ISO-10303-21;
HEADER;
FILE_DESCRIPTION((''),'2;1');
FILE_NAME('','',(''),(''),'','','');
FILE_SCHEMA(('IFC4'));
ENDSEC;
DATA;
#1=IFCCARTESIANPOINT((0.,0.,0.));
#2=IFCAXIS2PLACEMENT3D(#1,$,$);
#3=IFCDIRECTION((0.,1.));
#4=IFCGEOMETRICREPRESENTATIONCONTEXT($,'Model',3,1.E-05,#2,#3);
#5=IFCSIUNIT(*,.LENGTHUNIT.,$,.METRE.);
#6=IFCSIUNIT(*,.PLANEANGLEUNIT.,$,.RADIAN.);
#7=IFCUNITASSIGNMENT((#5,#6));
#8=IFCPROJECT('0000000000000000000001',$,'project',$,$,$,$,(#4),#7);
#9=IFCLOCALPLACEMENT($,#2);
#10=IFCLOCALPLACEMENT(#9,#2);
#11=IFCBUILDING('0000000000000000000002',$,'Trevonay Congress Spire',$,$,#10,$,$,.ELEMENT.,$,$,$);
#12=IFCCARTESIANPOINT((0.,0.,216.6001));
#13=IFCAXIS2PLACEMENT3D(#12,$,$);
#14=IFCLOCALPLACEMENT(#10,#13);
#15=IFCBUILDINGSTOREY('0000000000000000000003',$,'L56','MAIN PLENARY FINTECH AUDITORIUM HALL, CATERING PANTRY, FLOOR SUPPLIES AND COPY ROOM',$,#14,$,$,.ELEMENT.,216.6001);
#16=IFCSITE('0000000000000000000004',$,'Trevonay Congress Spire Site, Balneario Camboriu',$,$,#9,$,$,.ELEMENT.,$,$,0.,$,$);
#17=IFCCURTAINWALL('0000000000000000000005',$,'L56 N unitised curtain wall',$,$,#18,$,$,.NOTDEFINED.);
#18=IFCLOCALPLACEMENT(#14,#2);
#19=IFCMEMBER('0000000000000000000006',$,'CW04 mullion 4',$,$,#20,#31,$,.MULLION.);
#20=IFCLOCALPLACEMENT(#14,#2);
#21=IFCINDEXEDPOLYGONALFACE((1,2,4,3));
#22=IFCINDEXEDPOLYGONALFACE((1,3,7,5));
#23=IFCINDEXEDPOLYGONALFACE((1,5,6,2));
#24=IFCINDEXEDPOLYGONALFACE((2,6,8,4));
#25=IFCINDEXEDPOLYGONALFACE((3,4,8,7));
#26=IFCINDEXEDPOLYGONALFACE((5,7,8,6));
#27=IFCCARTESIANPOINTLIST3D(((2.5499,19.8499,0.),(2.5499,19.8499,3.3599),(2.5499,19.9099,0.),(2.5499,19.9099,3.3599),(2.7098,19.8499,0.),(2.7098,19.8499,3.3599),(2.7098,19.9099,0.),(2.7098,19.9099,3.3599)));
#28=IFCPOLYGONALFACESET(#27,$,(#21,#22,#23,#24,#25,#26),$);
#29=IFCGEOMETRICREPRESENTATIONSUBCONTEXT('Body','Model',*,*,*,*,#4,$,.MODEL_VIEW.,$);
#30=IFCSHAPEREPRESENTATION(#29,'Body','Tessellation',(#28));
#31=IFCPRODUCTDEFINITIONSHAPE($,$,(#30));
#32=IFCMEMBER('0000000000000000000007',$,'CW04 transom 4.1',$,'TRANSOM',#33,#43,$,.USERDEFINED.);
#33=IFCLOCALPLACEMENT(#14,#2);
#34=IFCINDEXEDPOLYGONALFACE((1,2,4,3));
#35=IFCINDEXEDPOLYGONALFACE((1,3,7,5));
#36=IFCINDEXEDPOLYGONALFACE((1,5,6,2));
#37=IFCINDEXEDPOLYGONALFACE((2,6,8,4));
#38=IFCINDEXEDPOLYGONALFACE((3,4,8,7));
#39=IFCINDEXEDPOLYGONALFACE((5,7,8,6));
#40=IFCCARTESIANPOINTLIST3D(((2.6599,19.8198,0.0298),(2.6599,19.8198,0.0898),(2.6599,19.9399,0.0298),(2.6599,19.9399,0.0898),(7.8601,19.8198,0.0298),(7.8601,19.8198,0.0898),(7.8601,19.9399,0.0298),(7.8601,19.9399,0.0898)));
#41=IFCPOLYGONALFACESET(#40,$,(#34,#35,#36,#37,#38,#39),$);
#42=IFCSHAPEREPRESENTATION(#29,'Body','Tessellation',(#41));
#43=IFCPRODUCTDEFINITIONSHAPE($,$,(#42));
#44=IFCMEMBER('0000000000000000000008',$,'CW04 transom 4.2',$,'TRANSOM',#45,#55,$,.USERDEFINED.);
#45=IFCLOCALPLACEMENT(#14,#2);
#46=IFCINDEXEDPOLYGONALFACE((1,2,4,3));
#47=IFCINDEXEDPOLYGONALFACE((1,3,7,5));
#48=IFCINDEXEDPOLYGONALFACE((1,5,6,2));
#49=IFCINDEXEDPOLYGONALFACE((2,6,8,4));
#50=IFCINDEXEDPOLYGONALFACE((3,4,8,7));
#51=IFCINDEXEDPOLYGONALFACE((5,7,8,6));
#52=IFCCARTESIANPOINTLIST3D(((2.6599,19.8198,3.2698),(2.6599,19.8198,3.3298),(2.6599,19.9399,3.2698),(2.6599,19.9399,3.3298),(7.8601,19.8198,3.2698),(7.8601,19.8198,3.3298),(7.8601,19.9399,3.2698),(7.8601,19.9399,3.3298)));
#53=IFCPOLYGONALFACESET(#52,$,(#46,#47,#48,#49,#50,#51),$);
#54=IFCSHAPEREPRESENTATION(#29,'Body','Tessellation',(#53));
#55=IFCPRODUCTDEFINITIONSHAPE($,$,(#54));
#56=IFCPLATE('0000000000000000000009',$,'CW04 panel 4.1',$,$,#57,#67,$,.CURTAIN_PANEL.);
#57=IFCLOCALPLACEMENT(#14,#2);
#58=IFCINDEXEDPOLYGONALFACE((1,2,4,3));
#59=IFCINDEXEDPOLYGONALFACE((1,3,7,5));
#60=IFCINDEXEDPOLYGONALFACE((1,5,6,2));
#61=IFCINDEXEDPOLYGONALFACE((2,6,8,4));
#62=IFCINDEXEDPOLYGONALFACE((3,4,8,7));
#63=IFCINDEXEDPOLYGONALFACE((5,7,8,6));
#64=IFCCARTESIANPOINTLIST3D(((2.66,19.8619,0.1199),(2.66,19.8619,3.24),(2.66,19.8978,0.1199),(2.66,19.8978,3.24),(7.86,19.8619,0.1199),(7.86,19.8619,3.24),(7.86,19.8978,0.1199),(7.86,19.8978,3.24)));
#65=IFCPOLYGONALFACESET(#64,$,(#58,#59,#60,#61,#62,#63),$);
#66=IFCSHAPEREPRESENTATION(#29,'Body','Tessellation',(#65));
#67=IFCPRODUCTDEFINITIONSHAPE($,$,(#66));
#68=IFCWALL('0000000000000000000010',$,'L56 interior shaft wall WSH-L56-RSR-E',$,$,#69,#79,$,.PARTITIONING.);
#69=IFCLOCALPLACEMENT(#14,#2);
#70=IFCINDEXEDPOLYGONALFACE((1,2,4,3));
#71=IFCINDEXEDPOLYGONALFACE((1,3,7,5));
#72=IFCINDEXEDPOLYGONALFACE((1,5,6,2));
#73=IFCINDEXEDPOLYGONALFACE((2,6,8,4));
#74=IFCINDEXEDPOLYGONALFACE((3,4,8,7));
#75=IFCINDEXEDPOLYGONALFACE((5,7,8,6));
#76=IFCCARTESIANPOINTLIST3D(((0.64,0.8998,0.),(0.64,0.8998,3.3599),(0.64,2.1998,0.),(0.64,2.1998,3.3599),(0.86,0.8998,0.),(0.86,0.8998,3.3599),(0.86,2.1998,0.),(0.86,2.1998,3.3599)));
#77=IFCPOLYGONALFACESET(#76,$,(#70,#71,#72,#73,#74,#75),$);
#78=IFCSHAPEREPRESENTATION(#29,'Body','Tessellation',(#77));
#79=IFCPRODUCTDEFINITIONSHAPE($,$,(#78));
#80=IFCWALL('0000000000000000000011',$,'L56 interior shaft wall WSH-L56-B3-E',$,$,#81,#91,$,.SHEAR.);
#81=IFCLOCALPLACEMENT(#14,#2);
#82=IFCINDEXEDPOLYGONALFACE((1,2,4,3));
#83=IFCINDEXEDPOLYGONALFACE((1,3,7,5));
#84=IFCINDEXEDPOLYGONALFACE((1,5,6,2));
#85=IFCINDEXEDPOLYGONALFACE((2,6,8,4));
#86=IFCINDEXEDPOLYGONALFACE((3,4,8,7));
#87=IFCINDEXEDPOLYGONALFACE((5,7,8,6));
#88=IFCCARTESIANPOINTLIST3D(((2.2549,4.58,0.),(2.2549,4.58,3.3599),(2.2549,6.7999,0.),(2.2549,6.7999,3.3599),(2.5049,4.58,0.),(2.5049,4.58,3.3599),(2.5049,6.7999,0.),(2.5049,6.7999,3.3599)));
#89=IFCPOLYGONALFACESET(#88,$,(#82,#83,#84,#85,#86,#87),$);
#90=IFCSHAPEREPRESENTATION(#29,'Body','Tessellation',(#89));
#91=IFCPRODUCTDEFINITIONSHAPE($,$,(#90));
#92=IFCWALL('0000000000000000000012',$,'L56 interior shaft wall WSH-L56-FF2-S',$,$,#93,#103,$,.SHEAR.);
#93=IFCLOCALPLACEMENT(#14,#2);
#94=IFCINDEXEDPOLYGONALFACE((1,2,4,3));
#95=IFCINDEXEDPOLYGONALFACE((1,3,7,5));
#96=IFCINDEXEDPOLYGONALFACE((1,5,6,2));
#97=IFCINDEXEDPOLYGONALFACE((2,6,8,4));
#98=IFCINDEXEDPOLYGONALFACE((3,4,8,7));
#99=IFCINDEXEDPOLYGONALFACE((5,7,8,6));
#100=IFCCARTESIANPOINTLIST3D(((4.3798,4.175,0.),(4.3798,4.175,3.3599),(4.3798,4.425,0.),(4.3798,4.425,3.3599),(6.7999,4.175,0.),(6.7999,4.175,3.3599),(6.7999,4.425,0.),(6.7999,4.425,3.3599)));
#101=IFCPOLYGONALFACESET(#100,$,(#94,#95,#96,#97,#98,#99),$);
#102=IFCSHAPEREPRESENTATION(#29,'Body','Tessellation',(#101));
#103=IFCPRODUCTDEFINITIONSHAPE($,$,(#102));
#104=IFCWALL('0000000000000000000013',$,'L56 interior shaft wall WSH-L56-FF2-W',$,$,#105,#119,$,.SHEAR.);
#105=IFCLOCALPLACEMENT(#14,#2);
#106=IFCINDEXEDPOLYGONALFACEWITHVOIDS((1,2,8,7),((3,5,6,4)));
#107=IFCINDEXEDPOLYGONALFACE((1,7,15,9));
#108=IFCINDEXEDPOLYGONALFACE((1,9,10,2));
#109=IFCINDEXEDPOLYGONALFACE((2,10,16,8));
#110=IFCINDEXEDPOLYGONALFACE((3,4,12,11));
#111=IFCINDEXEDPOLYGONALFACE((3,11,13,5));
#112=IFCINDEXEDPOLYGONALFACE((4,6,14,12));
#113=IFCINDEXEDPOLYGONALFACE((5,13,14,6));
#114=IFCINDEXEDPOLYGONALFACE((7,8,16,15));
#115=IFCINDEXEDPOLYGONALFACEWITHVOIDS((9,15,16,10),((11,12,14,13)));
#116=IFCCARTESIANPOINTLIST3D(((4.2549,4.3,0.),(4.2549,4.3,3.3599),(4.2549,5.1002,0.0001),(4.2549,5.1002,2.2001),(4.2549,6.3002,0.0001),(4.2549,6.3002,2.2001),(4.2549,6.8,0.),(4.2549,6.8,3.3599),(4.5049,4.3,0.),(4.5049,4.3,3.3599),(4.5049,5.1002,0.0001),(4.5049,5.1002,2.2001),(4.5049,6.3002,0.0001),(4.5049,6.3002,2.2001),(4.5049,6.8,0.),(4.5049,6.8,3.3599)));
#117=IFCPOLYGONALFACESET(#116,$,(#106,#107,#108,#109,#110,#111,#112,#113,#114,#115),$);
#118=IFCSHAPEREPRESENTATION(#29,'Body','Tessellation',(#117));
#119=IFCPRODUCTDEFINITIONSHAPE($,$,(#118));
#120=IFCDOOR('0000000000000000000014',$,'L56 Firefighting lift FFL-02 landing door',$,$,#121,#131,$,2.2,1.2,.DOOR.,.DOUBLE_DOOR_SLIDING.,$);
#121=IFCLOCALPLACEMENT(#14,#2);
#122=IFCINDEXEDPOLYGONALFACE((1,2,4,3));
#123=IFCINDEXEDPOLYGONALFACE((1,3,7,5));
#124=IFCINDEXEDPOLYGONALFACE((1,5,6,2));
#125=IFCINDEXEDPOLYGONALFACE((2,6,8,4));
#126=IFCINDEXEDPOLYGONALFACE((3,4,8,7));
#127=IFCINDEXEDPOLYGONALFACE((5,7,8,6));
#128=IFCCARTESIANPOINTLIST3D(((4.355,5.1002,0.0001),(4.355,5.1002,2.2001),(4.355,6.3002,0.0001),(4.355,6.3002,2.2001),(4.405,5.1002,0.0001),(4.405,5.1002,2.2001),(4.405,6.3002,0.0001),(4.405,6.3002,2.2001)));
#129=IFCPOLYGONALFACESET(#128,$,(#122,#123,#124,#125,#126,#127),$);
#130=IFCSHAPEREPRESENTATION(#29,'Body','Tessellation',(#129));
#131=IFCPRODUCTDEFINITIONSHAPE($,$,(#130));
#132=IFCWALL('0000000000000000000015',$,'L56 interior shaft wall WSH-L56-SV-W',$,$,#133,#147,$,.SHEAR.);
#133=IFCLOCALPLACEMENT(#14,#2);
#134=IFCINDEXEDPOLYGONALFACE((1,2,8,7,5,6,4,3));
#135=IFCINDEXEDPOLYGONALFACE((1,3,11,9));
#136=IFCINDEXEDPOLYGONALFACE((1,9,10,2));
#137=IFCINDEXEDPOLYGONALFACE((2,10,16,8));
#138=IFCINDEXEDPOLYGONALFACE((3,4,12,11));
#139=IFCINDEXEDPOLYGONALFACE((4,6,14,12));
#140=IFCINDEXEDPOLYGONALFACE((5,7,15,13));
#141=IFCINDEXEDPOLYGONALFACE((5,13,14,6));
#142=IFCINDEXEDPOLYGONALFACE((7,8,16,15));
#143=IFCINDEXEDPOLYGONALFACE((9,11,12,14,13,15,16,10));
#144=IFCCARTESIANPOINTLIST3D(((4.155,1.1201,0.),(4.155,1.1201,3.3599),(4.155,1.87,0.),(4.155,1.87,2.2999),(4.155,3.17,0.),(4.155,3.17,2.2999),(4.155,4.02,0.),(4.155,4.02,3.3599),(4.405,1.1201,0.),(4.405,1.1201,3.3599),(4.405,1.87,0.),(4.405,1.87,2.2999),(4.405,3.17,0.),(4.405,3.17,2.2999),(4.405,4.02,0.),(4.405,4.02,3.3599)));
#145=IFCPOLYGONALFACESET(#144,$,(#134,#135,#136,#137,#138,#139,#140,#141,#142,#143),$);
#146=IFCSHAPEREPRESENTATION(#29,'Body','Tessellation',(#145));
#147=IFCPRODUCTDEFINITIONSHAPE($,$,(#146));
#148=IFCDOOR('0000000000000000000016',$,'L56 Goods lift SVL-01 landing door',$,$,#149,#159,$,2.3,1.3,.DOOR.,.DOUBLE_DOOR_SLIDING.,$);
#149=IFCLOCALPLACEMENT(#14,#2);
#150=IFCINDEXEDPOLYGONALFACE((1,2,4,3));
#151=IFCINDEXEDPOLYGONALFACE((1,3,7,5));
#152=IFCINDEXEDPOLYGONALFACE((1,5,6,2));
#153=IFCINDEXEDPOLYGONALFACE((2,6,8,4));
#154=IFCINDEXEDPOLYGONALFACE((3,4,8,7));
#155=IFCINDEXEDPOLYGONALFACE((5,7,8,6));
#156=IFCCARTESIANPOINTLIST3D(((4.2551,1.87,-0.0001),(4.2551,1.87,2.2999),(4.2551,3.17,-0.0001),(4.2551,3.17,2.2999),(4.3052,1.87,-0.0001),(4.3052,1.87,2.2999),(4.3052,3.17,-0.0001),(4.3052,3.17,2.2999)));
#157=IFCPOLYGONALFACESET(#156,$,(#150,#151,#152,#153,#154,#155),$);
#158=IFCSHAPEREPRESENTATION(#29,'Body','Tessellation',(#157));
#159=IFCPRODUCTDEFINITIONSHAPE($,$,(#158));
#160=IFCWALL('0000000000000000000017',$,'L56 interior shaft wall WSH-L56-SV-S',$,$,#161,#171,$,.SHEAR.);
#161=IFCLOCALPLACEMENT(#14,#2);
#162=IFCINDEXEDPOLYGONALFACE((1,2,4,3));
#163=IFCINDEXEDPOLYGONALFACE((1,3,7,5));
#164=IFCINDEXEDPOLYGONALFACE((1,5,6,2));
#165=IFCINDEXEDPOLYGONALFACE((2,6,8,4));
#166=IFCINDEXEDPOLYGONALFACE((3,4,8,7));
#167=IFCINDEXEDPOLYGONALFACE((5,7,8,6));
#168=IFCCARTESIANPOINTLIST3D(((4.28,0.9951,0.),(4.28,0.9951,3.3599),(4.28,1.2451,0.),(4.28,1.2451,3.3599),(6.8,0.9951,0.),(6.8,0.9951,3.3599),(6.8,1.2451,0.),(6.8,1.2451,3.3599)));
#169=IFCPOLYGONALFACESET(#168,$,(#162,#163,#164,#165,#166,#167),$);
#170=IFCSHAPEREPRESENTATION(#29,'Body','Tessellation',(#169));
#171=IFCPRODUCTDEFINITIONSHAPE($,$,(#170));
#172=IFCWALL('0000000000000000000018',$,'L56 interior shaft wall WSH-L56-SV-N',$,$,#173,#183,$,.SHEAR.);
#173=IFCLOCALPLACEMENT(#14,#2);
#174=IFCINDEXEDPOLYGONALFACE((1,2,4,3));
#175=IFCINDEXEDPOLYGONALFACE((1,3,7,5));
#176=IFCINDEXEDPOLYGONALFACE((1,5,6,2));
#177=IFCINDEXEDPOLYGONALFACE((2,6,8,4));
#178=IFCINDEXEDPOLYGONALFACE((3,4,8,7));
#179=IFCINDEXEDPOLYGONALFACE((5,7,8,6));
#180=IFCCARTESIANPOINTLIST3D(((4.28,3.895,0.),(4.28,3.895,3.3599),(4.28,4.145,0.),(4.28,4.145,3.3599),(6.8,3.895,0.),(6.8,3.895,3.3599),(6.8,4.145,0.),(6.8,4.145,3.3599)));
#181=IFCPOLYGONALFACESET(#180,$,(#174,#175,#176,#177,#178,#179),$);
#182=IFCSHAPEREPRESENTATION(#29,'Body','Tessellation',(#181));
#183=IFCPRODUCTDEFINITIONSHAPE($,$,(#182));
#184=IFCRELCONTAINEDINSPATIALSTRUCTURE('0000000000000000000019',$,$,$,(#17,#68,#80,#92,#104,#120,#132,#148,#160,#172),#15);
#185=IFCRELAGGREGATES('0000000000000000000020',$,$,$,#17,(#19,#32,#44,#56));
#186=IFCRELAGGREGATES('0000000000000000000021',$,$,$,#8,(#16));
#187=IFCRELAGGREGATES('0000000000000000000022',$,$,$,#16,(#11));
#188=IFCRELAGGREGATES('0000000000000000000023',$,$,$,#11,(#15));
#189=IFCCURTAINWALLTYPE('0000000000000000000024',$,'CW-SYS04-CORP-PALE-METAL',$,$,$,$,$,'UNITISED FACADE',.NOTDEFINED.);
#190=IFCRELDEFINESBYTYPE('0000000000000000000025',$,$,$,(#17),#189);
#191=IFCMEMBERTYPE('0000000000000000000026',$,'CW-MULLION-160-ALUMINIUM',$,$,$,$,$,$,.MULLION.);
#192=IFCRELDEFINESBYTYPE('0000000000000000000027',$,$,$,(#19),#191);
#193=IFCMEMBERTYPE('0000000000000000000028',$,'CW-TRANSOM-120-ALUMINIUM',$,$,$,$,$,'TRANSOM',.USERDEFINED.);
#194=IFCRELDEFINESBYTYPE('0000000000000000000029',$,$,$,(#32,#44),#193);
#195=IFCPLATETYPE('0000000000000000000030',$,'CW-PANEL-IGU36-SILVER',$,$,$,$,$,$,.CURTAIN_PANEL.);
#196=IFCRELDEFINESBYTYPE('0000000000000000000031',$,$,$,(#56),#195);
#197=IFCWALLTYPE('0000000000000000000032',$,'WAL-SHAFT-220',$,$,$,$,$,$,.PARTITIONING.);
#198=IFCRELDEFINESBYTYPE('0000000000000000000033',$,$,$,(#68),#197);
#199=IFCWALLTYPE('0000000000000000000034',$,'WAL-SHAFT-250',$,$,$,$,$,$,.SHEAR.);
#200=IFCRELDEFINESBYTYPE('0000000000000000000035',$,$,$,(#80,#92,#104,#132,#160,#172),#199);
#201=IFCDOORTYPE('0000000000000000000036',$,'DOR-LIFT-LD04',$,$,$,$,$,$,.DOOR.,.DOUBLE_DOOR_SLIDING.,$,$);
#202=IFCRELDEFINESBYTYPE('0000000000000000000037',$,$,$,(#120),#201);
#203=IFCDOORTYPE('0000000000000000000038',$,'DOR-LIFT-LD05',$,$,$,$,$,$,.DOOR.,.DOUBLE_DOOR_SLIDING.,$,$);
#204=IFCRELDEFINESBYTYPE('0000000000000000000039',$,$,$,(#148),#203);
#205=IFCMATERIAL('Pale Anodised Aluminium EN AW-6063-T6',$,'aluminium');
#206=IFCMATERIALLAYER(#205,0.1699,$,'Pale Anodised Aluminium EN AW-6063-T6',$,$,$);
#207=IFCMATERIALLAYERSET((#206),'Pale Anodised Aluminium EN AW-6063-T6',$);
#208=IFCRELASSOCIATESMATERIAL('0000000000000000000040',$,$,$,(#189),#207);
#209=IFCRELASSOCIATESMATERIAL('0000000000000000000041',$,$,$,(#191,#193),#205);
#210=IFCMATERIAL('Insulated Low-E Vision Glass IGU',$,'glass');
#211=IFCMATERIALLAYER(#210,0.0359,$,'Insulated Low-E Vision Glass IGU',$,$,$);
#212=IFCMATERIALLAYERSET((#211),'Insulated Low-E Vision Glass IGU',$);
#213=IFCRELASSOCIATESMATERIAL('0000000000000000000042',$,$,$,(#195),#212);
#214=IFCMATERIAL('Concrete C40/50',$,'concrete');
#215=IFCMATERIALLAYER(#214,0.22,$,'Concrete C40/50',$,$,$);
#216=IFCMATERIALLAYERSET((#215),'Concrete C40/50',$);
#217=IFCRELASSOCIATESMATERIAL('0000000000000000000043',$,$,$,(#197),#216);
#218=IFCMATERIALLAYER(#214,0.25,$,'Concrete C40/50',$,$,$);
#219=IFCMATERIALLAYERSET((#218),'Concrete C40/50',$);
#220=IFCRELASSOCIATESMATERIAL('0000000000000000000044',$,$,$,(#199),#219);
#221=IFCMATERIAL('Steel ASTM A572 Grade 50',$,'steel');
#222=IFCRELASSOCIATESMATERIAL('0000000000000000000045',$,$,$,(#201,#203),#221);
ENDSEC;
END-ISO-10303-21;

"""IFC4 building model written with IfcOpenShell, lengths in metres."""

from ifc_helpers import new_model, si_unit, direction, frame, frame_2d, origin, origin_2d, place, context, subcontext, project, spatial, rectangle, extrude, material, layer, layer_set, material_profile, profile_set, type_object, element, fill, aggregate, save


model = new_model("IFC4")

# Units and contexts
model_context = context("Model", 3, precision=1e-05, world=origin(), true_north=direction((0.0, 1.0)))
body_context = subcontext(model_context, "Body", "Model", "MODEL_VIEW")
ifc_project = project(units=[si_unit("LENGTHUNIT", "METRE"), si_unit("PLANEANGLEUNIT", "RADIAN")], contexts=[model_context])

# Site, building, storey
site_placement = place(None, origin())
site = spatial("IfcSite", under=ifc_project, at=site_placement, Name="Trevonay Congress Spire Site, Balneario Camboriu", CompositionType="ELEMENT", RefElevation=0.0)
building_placement = place(site_placement, origin())
building = spatial("IfcBuilding", under=site, at=building_placement, Name="Trevonay Congress Spire", CompositionType="ELEMENT")
storey_placement = place(building_placement, frame((0.0, 0.0, 216.6001)))
storey = spatial("IfcBuildingStorey", under=building, at=storey_placement, Name="L56", Description="MAIN PLENARY FINTECH AUDITORIUM HALL, CATERING PANTRY, FLOOR SUPPLIES AND COPY ROOM", CompositionType="ELEMENT", Elevation=216.6001)

# Shared definitions
ifc_material_1 = material(Name="Steel ASTM A572 Grade 50", Category="steel")

# Curtain wall, members, plate
ifc_material_2 = material(Name="Pale Anodised Aluminium EN AW-6063-T6", Category="aluminium")
ifc_layer_1 = layer(ifc_material_2, 0.1699, Name="Pale Anodised Aluminium EN AW-6063-T6")
ifc_layer_set_1 = layer_set([ifc_layer_1], Name="Pale Anodised Aluminium EN AW-6063-T6")
curtain_wall_type = type_object("IfcCurtainWallType", Name="CW-SYS04-CORP-PALE-METAL", ElementType="UNITISED FACADE", PredefinedType="NOTDEFINED", material=ifc_layer_set_1)
curtain_wall_placement = place(storey_placement, origin())
curtain_wall = element("IfcCurtainWall", 1, at=curtain_wall_placement, inside=storey, type_object=curtain_wall_type, Name="L56 N unitised curtain wall", PredefinedType="NOTDEFINED")
ifc_material_profile_1 = material_profile(ifc_material_2, rectangle(XDim=0.0601, YDim=0.1599, at=origin_2d()), Name="CW-MULLION-160-ALUMINIUM")
ifc_profile_set_1 = profile_set([ifc_material_profile_1], Name="Pale Anodised Aluminium EN AW-6063-T6")
member_type_1 = type_object("IfcMemberType", Name="CW-MULLION-160-ALUMINIUM", PredefinedType="MULLION", material=ifc_profile_set_1)
member_1_placement = place(storey_placement, frame((2.6299, 19.8799, 0.0), z_axis=(0.0, 0.0, 1.0), x_axis=(0.0, 1.0, 0.0)))
member_1 = element("IfcMember", 2, at=member_1_placement, type_object=member_type_1, Name="CW04 mullion 4", PredefinedType="MULLION", context=body_context, shape_type="SweptSolid", body=[
    extrude(rectangle(XDim=0.0601, YDim=0.1599, at=origin_2d()), origin(), (0.0, 0.0, 1.0), 3.3599),
])
ifc_material_profile_2 = material_profile(ifc_material_2, rectangle(XDim=0.1201, YDim=0.0601, at=origin_2d()), Name="CW-TRANSOM-120-ALUMINIUM")
ifc_profile_set_2 = profile_set([ifc_material_profile_2], Name="Pale Anodised Aluminium EN AW-6063-T6")
member_type_2 = type_object("IfcMemberType", Name="CW-TRANSOM-120-ALUMINIUM", ElementType="TRANSOM", PredefinedType="USERDEFINED", material=ifc_profile_set_2)
member_2_placement = place(storey_placement, frame((2.6599, 19.8799, 0.0598), z_axis=(1.0, 0.0, 0.0), x_axis=(0.0, 1.0, 0.0)))
member_2 = element("IfcMember", 3, at=member_2_placement, type_object=member_type_2, Name="CW04 transom 4.1", ObjectType="TRANSOM", PredefinedType="USERDEFINED", context=body_context, shape_type="SweptSolid", body=[
    extrude(rectangle(XDim=0.1201, YDim=0.0601, at=origin_2d()), origin(), (0.0, 0.0, 1.0), 5.2002),
])
member_3_placement = place(storey_placement, frame((2.6599, 19.8799, 3.2998), z_axis=(1.0, 0.0, 0.0), x_axis=(0.0, 1.0, 0.0)))
member_3 = element("IfcMember", 4, at=member_3_placement, type_object=member_type_2, Name="CW04 transom 4.2", ObjectType="TRANSOM", PredefinedType="USERDEFINED", context=body_context, shape_type="SweptSolid", body=[
    extrude(rectangle(XDim=0.1201, YDim=0.0601, at=origin_2d()), origin(), (0.0, 0.0, 1.0), 5.2002),
])
ifc_material_3 = material(Name="Insulated Low-E Vision Glass IGU", Category="glass")
ifc_layer_2 = layer(ifc_material_3, 0.0359, Name="Insulated Low-E Vision Glass IGU")
ifc_layer_set_2 = layer_set([ifc_layer_2], Name="Insulated Low-E Vision Glass IGU")
plate_type = type_object("IfcPlateType", Name="CW-PANEL-IGU36-SILVER", PredefinedType="CURTAIN_PANEL", material=ifc_layer_set_2)
plate_placement = place(storey_placement, frame((5.26, 19.8799, 0.1199), z_axis=(0.0, 0.0, 1.0), x_axis=(1.0, 0.0, 0.0)))
plate = element("IfcPlate", 5, at=plate_placement, type_object=plate_type, Name="CW04 panel 4.1", PredefinedType="CURTAIN_PANEL", context=body_context, shape_type="SweptSolid", body=[
    extrude(rectangle(XDim=5.2, YDim=0.0359, at=origin_2d()), origin(), (0.0, 0.0, 1.0), 3.1201),
])
aggregate(curtain_wall, [member_1, member_2, member_3, plate])

# Walls
ifc_material_4 = material(Name="Concrete C40/50", Category="concrete")
ifc_layer_3 = layer(ifc_material_4, 0.22, Name="Concrete C40/50")
ifc_layer_set_3 = layer_set([ifc_layer_3], Name="Concrete C40/50")
wall_type_1 = type_object("IfcWallType", Name="WAL-SHAFT-220", PredefinedType="PARTITIONING", material=ifc_layer_set_3)
wall_1_placement = place(storey_placement, frame((0.75, 0.8999, 0.0), z_axis=(0.0, 0.0, 1.0), x_axis=(0.0, 1.0, 0.0)))
element("IfcWall", 6, at=wall_1_placement, inside=storey, type_object=wall_type_1, Name="L56 interior shaft wall WSH-L56-RSR-E", PredefinedType="PARTITIONING", context=body_context, shape_type="SweptSolid", body=[
    extrude(rectangle(XDim=1.3, YDim=0.22, at=frame_2d((0.6499, 0.0))), origin(), (0.0, 0.0, 1.0), 3.3599),
])
ifc_layer_4 = layer(ifc_material_4, 0.25, Name="Concrete C40/50")
ifc_layer_set_4 = layer_set([ifc_layer_4], Name="Concrete C40/50")
wall_type_2 = type_object("IfcWallType", Name="WAL-SHAFT-250", PredefinedType="SHEAR", material=ifc_layer_set_4)
wall_2_placement = place(storey_placement, frame((2.3799, 4.5801, 0.0), z_axis=(0.0, 0.0, 1.0), x_axis=(0.0, 1.0, 0.0)))
element("IfcWall", 7, at=wall_2_placement, inside=storey, type_object=wall_type_2, Name="L56 interior shaft wall WSH-L56-B3-E", PredefinedType="SHEAR", context=body_context, shape_type="SweptSolid", body=[
    extrude(rectangle(XDim=2.22, YDim=0.25, at=frame_2d((1.1099, 0.0))), origin(), (0.0, 0.0, 1.0), 3.3599),
])
wall_3_placement = place(storey_placement, frame((4.3799, 4.3, 0.0), z_axis=(0.0, 0.0, 1.0), x_axis=(1.0, 0.0, 0.0)))
element("IfcWall", 8, at=wall_3_placement, inside=storey, type_object=wall_type_2, Name="L56 interior shaft wall WSH-L56-FF2-S", PredefinedType="SHEAR", context=body_context, shape_type="SweptSolid", body=[
    extrude(rectangle(XDim=2.4202, YDim=0.25, at=frame_2d((1.21, 0.0))), origin(), (0.0, 0.0, 1.0), 3.3599),
])

# Walls, openings, doors
wall_4_placement = place(storey_placement, frame((4.3799, 4.3, 0.0), z_axis=(0.0, 0.0, 1.0), x_axis=(0.0, 1.0, 0.0)))
wall_4 = element("IfcWall", 9, at=wall_4_placement, inside=storey, type_object=wall_type_2, Name="L56 interior shaft wall WSH-L56-FF2-W", PredefinedType="SHEAR", context=body_context, shape_type="SweptSolid", body=[
    extrude(rectangle(XDim=2.5, YDim=0.25, at=frame_2d((1.25, 0.0))), origin(), (0.0, 0.0, 1.0), 3.3599),
])
opening_1_placement = place(wall_4_placement, frame((0.8, 0.0, 0.0)))
opening_1 = element("IfcOpeningElement", 10, at=opening_1_placement, cuts=wall_4, PredefinedType="OPENING", context=body_context, shape_type="SweptSolid", body=[
    extrude(rectangle(XDim=1.2, YDim=2.2, at=frame_2d((0.6001, 1.1001))), frame((0.0, 0.135, 0.0), z_axis=(0.0, -1.0, 0.0), x_axis=(1.0, 0.0, 0.0)), (0.0, 0.0, 1.0), 0.27),
])
door_type_1 = type_object("IfcDoorType", Name="DOR-LIFT-LD04", OperationType="DOUBLE_DOOR_SLIDING", PredefinedType="DOOR", material=ifc_material_1)
door_1_placement = place(opening_1_placement, origin())
door_1 = element("IfcDoor", 11, at=door_1_placement, inside=storey, type_object=door_type_1, Name="L56 Firefighting lift FFL-02 landing door", OperationType="DOUBLE_DOOR_SLIDING", OverallHeight=2.2, OverallWidth=1.2, PredefinedType="DOOR", context=body_context, shape_type="SweptSolid", body=[
    extrude(rectangle(XDim=1.2, YDim=2.2, at=frame_2d((0.6001, 1.1001))), frame((0.0, 0.0249, 0.0), z_axis=(0.0, -1.0, 0.0), x_axis=(1.0, 0.0, 0.0)), (0.0, 0.0, 1.0), 0.05),
])
fill(opening_1, door_1)
wall_5_placement = place(storey_placement, frame((4.28, 1.1201, 0.0), z_axis=(0.0, 0.0, 1.0), x_axis=(0.0, 1.0, 0.0)))
wall_5 = element("IfcWall", 12, at=wall_5_placement, inside=storey, type_object=wall_type_2, Name="L56 interior shaft wall WSH-L56-SV-W", PredefinedType="SHEAR", context=body_context, shape_type="SweptSolid", body=[
    extrude(rectangle(XDim=2.8999, YDim=0.25, at=frame_2d((1.45, 0.0))), origin(), (0.0, 0.0, 1.0), 3.3599),
])
opening_2_placement = place(wall_5_placement, frame((0.75, 0.0, 0.0)))
opening_2 = element("IfcOpeningElement", 13, at=opening_2_placement, cuts=wall_5, PredefinedType="OPENING", context=body_context, shape_type="SweptSolid", body=[
    extrude(rectangle(XDim=1.3, YDim=2.3, at=frame_2d((0.6499, 1.1499))), frame((0.0, 0.135, 0.0), z_axis=(0.0, -1.0, 0.0), x_axis=(1.0, 0.0, 0.0)), (0.0, 0.0, 1.0), 0.27),
])
door_type_2 = type_object("IfcDoorType", Name="DOR-LIFT-LD05", OperationType="DOUBLE_DOOR_SLIDING", PredefinedType="DOOR", material=ifc_material_1)
door_2_placement = place(opening_2_placement, origin())
door_2 = element("IfcDoor", 14, at=door_2_placement, inside=storey, type_object=door_type_2, Name="L56 Goods lift SVL-01 landing door", OperationType="DOUBLE_DOOR_SLIDING", OverallHeight=2.3, OverallWidth=1.3, PredefinedType="DOOR", context=body_context, shape_type="SweptSolid", body=[
    extrude(rectangle(XDim=1.3, YDim=2.3, at=frame_2d((0.6499, 1.1499))), frame((0.0, 0.0249, 0.0), z_axis=(0.0, -1.0, 0.0), x_axis=(1.0, 0.0, 0.0)), (0.0, 0.0, 1.0), 0.05),
])
fill(opening_2, door_2)

# Walls
for number, where, z_axis, x_axis, name in (
    (15, (4.28, 1.1201, 0.0), (0.0, 0.0, 1.0), (1.0, 0.0, 0.0), "L56 interior shaft wall WSH-L56-SV-S"),
    (16, (4.28, 4.02, 0.0), (0.0, 0.0, 1.0), (1.0, 0.0, 0.0), "L56 interior shaft wall WSH-L56-SV-N"),
):
    element("IfcWall", number, at=place(storey_placement, frame(where, z_axis=z_axis, x_axis=x_axis)), inside=storey, type_object=wall_type_2, Name=name, PredefinedType="SHEAR", context=body_context, shape_type="SweptSolid", body=[
        extrude(rectangle(XDim=2.52, YDim=0.25, at=frame_2d((1.26, 0.0))), origin(), (0.0, 0.0, 1.0), 3.3599),
    ])

save(model, "model.ifc")
